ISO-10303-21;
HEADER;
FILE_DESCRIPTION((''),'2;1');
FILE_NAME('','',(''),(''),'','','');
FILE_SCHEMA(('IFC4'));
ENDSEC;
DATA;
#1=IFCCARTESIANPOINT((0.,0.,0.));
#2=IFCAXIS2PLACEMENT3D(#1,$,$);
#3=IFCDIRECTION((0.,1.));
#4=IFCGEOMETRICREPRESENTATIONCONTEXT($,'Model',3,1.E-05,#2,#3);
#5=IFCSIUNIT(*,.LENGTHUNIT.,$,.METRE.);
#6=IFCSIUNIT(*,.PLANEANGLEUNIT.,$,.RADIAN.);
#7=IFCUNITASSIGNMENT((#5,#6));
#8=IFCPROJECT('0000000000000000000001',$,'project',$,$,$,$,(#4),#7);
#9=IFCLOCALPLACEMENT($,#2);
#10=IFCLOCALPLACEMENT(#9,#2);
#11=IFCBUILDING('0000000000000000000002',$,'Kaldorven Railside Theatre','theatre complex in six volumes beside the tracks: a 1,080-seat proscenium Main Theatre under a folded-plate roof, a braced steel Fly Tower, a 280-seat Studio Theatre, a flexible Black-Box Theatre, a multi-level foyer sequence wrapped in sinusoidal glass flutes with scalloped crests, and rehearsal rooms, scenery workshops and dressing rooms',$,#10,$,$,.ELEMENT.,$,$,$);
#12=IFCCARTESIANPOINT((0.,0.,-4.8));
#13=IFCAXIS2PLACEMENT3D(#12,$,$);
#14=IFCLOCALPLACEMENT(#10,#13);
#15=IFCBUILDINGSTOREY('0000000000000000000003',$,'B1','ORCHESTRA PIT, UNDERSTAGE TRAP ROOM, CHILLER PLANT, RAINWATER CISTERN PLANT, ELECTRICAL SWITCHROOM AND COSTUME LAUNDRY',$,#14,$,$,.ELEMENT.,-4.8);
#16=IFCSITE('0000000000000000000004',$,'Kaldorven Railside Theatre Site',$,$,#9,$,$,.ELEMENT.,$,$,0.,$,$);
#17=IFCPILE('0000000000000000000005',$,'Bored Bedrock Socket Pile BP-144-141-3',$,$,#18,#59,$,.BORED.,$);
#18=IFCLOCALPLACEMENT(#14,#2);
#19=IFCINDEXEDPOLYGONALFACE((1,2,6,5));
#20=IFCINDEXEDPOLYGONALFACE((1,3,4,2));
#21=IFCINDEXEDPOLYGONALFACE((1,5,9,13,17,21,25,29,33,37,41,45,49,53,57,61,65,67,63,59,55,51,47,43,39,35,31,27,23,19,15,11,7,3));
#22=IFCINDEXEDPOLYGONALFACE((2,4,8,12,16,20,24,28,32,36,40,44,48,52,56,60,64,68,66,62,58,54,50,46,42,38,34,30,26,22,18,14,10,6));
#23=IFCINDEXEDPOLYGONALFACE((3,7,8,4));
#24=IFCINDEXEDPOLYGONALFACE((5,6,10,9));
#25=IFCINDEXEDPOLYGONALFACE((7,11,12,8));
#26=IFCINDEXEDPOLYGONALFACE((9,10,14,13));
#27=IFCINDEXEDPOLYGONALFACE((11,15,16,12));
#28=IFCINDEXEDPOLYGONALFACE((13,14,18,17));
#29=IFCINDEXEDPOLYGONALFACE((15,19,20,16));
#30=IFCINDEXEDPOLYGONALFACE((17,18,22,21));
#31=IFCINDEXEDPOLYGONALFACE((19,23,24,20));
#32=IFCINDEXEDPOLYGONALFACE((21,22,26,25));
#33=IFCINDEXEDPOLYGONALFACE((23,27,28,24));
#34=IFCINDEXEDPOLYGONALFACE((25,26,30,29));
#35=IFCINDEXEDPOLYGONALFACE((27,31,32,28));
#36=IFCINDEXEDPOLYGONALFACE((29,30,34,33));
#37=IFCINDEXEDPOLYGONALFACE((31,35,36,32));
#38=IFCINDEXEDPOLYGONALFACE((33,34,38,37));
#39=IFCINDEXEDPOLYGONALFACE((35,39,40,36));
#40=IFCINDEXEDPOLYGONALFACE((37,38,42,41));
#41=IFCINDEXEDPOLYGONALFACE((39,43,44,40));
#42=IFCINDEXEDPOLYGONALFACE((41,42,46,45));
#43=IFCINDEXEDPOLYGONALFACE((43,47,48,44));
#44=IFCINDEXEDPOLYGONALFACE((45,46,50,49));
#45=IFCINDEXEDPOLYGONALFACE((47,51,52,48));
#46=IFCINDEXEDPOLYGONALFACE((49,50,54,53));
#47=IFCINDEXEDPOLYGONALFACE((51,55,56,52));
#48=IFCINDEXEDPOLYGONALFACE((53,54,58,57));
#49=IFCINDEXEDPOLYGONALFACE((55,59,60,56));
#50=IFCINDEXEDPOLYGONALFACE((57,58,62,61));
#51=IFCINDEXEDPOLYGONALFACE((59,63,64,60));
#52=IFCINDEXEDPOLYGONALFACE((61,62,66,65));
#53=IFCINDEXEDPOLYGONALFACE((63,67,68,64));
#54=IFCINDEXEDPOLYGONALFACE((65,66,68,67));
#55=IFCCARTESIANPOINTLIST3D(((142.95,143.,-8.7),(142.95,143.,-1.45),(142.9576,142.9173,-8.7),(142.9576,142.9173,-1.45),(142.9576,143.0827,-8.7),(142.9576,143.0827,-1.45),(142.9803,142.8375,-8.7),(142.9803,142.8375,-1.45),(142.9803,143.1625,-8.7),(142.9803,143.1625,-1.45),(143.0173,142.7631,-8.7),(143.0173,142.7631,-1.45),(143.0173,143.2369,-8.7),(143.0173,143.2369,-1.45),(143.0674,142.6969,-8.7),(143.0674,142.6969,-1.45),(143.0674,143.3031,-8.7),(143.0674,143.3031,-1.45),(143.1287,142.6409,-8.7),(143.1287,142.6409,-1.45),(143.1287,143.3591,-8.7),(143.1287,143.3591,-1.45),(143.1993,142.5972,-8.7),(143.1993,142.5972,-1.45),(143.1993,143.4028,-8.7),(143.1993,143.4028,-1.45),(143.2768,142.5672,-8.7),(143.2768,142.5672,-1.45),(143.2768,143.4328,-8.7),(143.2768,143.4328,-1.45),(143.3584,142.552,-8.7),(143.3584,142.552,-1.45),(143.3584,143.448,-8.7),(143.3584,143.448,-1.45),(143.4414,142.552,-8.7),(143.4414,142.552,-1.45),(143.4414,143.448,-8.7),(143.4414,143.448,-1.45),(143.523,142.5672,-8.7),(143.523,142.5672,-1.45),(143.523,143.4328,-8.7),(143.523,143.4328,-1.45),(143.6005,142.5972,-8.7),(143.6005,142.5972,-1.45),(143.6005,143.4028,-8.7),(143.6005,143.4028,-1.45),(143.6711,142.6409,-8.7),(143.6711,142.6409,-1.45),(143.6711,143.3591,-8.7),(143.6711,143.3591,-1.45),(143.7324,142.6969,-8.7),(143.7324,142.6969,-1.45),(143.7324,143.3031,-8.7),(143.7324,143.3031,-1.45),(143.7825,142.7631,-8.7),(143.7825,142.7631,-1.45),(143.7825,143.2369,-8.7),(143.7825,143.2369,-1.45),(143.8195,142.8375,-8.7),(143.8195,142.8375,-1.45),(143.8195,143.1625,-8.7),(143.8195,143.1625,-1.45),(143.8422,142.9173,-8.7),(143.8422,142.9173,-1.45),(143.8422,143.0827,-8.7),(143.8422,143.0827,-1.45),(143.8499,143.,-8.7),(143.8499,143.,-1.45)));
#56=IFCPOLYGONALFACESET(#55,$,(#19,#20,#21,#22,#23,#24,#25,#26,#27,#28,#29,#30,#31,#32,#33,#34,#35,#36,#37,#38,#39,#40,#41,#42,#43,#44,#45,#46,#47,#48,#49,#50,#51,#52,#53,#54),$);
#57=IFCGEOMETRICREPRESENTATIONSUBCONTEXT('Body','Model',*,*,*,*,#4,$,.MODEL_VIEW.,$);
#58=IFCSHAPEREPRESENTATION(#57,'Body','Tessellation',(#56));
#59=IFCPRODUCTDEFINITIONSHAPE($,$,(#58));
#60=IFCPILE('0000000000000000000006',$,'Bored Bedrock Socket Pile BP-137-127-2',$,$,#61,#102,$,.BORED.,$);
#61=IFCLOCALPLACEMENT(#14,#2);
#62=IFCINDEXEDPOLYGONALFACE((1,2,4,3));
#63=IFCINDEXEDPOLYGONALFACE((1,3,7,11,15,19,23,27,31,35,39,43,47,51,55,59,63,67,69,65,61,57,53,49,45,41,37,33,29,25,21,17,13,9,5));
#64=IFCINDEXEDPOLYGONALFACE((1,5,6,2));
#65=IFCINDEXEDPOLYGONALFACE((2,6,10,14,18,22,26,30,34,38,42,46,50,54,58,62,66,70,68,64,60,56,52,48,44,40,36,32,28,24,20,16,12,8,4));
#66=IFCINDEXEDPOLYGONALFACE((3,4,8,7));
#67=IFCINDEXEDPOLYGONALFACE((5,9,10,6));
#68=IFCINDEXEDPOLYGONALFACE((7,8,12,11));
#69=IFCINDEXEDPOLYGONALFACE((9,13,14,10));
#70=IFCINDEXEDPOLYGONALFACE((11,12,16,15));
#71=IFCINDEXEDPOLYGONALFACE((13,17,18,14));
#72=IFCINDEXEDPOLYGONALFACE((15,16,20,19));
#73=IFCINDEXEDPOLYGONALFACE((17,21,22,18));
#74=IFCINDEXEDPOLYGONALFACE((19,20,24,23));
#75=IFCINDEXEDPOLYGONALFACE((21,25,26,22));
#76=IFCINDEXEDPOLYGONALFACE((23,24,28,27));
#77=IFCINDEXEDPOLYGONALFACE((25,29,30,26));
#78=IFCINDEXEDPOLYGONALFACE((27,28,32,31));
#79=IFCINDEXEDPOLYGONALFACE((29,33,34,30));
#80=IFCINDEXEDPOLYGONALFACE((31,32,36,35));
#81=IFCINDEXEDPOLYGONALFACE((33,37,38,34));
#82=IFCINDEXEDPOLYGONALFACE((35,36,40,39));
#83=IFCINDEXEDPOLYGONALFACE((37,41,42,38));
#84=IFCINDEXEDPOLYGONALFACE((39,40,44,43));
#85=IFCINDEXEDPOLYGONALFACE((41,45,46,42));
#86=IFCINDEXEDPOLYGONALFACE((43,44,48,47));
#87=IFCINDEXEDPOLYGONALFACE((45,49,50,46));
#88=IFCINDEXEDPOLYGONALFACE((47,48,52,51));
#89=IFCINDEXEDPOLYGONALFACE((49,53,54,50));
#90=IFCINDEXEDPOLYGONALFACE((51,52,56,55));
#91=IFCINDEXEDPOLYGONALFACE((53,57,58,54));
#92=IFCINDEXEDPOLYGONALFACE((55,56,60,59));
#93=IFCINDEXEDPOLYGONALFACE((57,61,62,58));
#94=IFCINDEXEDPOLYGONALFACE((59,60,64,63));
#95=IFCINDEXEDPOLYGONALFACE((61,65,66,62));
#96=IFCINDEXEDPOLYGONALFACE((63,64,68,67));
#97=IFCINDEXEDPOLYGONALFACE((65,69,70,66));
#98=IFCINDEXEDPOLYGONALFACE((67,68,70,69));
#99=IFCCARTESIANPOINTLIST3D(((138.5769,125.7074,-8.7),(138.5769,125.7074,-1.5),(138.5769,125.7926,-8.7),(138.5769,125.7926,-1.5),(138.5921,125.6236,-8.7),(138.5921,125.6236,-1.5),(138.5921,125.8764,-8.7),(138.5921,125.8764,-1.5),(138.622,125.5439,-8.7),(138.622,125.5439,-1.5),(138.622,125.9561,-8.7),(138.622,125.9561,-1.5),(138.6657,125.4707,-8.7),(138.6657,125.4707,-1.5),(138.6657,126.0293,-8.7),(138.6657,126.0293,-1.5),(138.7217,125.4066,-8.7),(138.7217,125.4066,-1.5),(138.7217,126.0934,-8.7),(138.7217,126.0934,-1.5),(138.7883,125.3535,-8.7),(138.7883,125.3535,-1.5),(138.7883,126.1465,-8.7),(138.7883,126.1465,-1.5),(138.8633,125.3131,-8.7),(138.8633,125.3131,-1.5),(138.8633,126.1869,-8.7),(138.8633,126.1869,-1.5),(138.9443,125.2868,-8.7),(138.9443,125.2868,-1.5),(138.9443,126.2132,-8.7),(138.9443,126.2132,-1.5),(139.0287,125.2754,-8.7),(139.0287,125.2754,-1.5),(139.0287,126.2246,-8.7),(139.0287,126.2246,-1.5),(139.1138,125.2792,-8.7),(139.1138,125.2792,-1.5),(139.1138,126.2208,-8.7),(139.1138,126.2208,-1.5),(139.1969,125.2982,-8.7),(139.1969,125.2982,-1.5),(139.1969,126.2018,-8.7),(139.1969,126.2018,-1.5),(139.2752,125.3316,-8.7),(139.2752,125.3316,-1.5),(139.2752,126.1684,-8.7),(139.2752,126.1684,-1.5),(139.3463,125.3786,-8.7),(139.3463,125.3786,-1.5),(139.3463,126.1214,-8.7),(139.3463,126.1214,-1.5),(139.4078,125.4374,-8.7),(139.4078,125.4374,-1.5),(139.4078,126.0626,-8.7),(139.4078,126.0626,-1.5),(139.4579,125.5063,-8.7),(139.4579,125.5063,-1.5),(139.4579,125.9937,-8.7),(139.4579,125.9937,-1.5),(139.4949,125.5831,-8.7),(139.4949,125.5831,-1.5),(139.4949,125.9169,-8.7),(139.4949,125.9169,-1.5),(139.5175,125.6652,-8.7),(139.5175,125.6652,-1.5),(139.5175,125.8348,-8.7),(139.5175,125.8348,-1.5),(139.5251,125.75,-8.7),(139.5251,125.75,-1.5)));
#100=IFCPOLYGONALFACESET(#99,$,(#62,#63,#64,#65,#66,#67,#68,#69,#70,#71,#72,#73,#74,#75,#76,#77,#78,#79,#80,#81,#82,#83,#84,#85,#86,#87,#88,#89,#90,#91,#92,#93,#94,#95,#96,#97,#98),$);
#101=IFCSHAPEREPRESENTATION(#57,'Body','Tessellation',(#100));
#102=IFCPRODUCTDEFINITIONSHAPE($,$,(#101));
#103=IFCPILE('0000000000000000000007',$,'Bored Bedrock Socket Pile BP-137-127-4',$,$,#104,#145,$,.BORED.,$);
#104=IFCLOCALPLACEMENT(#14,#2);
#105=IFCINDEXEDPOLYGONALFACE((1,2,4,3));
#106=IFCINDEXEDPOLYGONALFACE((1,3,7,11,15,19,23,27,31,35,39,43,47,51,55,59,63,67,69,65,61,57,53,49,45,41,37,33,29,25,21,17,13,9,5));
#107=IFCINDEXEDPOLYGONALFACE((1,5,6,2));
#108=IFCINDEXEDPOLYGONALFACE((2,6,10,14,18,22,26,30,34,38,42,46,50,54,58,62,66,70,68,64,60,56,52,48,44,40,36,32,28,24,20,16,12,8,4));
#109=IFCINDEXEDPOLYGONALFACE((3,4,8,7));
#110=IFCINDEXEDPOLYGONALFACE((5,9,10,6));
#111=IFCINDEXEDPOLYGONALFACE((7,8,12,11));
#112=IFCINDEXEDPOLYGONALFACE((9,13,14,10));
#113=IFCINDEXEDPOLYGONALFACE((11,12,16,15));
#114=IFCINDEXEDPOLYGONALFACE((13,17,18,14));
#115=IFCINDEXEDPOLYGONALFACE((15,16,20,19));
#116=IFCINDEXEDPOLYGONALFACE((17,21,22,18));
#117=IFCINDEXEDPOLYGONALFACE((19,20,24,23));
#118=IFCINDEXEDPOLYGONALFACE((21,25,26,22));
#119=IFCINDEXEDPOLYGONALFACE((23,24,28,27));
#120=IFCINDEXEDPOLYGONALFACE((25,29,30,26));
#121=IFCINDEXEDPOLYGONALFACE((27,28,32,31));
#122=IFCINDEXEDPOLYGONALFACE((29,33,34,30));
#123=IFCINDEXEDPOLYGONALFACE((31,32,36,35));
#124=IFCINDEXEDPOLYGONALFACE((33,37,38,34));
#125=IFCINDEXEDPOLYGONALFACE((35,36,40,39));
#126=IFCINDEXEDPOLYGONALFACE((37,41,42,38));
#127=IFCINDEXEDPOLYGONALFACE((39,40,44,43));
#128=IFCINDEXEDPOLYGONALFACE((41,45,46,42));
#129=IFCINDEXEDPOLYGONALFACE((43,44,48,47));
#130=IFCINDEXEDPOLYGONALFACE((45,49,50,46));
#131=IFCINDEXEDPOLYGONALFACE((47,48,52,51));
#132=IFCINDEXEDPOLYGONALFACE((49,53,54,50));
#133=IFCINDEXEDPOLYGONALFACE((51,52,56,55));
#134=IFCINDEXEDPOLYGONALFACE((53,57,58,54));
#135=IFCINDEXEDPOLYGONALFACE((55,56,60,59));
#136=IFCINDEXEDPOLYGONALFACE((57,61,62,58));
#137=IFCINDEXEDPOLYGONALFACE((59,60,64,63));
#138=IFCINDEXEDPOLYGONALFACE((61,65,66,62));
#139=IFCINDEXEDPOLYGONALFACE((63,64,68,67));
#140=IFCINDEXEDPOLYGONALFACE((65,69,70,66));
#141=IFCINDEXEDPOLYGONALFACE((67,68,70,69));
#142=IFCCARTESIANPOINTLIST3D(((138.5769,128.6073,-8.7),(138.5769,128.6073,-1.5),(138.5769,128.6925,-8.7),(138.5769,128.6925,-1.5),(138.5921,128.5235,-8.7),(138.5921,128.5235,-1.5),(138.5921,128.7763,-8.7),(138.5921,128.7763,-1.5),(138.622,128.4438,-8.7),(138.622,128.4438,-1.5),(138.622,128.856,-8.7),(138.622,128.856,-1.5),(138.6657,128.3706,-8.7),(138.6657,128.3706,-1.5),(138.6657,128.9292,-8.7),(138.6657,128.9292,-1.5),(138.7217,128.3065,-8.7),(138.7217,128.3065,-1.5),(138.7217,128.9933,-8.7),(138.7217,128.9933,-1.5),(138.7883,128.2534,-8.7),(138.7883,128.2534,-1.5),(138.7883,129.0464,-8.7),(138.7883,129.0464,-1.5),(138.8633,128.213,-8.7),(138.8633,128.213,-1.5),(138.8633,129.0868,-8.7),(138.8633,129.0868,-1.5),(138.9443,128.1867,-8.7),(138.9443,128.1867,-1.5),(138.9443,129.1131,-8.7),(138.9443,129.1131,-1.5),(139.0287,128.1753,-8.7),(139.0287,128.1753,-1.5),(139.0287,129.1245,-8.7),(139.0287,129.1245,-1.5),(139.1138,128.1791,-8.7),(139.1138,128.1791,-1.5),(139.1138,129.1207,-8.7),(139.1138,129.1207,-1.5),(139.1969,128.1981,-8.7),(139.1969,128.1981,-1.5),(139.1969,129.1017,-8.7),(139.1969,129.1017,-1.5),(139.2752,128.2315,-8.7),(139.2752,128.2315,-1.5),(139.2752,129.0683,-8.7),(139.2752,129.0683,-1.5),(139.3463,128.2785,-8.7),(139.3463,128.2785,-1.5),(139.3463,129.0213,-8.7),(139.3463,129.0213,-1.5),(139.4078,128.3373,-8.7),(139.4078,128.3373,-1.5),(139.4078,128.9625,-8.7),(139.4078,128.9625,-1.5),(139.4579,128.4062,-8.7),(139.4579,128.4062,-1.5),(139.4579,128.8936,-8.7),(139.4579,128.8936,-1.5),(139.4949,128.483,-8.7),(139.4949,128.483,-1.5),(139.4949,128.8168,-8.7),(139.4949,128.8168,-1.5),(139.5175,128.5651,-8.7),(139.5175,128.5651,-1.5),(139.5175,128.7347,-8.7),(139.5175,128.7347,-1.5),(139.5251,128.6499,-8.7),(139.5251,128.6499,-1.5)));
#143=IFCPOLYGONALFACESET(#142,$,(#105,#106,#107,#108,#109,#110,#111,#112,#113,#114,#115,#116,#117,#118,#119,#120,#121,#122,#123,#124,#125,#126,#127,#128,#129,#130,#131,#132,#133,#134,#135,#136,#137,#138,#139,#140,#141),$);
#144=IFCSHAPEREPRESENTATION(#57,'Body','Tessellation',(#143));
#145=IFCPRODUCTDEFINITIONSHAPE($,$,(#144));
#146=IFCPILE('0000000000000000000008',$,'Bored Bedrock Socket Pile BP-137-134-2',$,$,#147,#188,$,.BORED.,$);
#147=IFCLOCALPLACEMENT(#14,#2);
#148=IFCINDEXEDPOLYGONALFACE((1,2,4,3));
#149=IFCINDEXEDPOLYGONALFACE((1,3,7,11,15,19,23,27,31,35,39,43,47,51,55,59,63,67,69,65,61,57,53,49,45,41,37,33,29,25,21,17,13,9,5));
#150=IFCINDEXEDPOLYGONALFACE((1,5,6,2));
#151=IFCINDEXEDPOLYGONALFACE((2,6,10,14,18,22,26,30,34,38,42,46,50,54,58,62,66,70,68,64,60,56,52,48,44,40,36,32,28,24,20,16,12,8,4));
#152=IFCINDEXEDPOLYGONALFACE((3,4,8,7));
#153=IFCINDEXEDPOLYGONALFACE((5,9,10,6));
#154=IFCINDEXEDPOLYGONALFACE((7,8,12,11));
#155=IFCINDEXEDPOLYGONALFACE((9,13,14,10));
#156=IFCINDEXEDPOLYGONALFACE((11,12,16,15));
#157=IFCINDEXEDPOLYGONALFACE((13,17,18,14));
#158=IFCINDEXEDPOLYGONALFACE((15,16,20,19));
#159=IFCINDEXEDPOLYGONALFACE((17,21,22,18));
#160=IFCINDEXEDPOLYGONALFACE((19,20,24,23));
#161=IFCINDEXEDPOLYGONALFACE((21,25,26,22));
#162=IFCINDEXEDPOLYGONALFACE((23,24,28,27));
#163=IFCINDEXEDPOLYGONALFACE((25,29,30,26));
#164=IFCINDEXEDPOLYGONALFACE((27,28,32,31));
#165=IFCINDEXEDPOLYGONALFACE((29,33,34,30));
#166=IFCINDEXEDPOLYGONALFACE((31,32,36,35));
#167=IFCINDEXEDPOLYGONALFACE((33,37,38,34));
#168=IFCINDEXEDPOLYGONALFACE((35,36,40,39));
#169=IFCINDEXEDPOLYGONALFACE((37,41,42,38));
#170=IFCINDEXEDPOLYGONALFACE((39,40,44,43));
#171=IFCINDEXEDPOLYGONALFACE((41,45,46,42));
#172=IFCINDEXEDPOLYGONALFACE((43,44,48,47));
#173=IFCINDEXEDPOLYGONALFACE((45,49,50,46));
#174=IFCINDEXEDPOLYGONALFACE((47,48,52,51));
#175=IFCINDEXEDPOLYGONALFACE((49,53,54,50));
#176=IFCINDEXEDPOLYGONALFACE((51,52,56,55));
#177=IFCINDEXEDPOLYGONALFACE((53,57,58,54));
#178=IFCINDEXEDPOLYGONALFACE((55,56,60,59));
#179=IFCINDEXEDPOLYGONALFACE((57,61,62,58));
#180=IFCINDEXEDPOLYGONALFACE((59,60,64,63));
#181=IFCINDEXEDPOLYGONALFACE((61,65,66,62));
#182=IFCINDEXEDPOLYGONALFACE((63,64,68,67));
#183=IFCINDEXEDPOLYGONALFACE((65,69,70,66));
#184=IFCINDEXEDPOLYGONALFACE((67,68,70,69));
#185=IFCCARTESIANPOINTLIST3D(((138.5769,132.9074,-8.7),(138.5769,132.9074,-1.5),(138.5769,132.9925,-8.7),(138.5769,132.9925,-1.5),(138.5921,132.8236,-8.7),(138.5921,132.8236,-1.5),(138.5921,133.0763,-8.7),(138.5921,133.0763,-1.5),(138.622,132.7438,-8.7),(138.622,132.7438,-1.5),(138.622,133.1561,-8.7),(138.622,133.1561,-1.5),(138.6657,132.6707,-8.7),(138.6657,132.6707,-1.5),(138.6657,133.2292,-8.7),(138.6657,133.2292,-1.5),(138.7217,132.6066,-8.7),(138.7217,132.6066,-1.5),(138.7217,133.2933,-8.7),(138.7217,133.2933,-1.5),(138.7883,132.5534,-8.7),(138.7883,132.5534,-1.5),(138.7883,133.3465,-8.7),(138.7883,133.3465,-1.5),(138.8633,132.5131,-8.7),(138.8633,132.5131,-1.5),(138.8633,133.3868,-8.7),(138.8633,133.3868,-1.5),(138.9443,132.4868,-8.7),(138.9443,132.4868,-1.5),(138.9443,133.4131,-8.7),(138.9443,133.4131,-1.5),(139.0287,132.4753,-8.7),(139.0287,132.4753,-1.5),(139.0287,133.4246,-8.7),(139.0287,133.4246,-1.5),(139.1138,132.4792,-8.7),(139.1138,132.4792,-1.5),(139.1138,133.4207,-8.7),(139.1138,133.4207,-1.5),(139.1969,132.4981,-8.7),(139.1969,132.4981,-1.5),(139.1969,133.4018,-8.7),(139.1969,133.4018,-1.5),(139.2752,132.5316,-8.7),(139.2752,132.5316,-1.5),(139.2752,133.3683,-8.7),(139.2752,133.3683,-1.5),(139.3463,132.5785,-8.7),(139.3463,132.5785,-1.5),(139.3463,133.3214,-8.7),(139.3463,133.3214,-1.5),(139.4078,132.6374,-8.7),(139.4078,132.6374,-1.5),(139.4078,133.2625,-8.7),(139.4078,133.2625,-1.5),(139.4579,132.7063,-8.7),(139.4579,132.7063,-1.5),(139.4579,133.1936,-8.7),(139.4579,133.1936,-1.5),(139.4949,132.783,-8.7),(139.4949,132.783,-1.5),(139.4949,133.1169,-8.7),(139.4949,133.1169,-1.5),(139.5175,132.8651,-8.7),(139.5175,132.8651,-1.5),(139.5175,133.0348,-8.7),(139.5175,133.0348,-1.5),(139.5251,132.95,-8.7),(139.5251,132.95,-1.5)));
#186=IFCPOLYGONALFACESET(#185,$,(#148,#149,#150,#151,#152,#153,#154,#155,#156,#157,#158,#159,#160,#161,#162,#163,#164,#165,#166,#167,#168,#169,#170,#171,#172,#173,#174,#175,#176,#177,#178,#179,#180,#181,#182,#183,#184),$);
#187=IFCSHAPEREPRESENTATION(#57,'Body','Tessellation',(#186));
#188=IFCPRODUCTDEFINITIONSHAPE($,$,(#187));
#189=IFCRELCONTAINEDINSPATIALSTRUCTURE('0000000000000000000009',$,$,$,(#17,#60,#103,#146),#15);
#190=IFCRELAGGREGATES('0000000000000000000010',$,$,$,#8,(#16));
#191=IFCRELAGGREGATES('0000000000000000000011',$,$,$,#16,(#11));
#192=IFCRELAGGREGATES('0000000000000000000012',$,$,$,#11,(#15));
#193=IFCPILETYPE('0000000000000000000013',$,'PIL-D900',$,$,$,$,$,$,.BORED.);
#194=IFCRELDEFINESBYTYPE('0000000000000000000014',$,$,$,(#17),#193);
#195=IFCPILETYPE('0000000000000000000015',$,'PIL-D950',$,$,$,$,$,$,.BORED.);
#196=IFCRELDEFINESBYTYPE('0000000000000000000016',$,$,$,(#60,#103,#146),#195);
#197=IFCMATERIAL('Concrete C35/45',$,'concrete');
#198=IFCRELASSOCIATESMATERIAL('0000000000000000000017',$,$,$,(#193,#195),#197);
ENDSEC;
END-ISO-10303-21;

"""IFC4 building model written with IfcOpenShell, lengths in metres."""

from ifc_helpers import new_model, si_unit, direction, frame, origin, origin_2d, place, context, subcontext, project, spatial, circle, extrude, material, material_profile, profile_set, type_object, element, save


model = new_model("IFC4")

# Units and contexts
model_context = context("Model", 3, precision=1e-05, world=origin(), true_north=direction((0.0, 1.0)))
body_context = subcontext(model_context, "Body", "Model", "MODEL_VIEW")
ifc_project = project(units=[si_unit("LENGTHUNIT", "METRE"), si_unit("PLANEANGLEUNIT", "RADIAN")], contexts=[model_context])

# Site, building, storey
site_placement = place(None, origin())
site = spatial("IfcSite", under=ifc_project, at=site_placement, Name="Kaldorven Railside Theatre Site", CompositionType="ELEMENT", RefElevation=0.0)
building_placement = place(site_placement, origin())
building = spatial("IfcBuilding", under=site, at=building_placement, Name="Kaldorven Railside Theatre", Description="theatre complex in six volumes beside the tracks: a 1,080-seat proscenium Main Theatre under a folded-plate roof, a braced steel Fly Tower, a 280-seat Studio Theatre, a flexible Black-Box Theatre, a multi-level foyer sequence wrapped in sinusoidal glass flutes with scalloped crests, and rehearsal rooms, scenery workshops and dressing rooms", CompositionType="ELEMENT")
storey_placement = place(building_placement, frame((0.0, 0.0, -4.8)))
storey = spatial("IfcBuildingStorey", under=building, at=storey_placement, Name="B1", Description="ORCHESTRA PIT, UNDERSTAGE TRAP ROOM, CHILLER PLANT, RAINWATER CISTERN PLANT, ELECTRICAL SWITCHROOM AND COSTUME LAUNDRY", CompositionType="ELEMENT", Elevation=-4.8)

# Piles
ifc_material_1 = material(Name="Concrete C35/45", Category="concrete")
ifc_material_profile_1 = material_profile(ifc_material_1, circle(Radius=0.45, at=origin_2d()), Name="BP D900")
ifc_profile_set_1 = profile_set([ifc_material_profile_1], Name="Concrete C35/45")
pile_type_1 = type_object("IfcPileType", Name="PIL-D900", PredefinedType="BORED", material=ifc_profile_set_1)
for number, where, z_axis, x_axis, name in (
    (1, (143.3999, 143.0, -1.45), (0.0, 0.0, -1.0), (1.0, 0.0, 0.0), "Bored Bedrock Socket Pile BP-144-141-3"),
):
    element("IfcPile", number, at=place(storey_placement, frame(where, z_axis=z_axis, x_axis=x_axis)), inside=storey, type_object=pile_type_1, Name=name, PredefinedType="BORED", context=body_context, shape_type="SweptSolid", body=[
        extrude(circle(Radius=0.45, at=origin_2d()), origin(), (0.0, 0.0, 1.0), 7.25),
    ])
ifc_material_profile_2 = material_profile(ifc_material_1, circle(Radius=0.4751, at=origin_2d()), Name="BP D950")
ifc_profile_set_2 = profile_set([ifc_material_profile_2], Name="Concrete C35/45")
pile_type_2 = type_object("IfcPileType", Name="PIL-D950", PredefinedType="BORED", material=ifc_profile_set_2)
for number, where, z_axis, x_axis, name in (
    (2, (139.05, 125.75, -1.5), (0.0, 0.0, -1.0), (1.0, 0.0, 0.0), "Bored Bedrock Socket Pile BP-137-127-2"),
    (3, (139.05, 128.6499, -1.5), (0.0, 0.0, -1.0), (1.0, 0.0, 0.0), "Bored Bedrock Socket Pile BP-137-127-4"),
    (4, (139.05, 132.95, -1.5), (0.0, 0.0, -1.0), (1.0, 0.0, 0.0), "Bored Bedrock Socket Pile BP-137-134-2"),
):
    element("IfcPile", number, at=place(storey_placement, frame(where, z_axis=z_axis, x_axis=x_axis)), inside=storey, type_object=pile_type_2, Name=name, PredefinedType="BORED", context=body_context, shape_type="SweptSolid", body=[
        extrude(circle(Radius=0.4751, at=origin_2d()), origin(), (0.0, 0.0, 1.0), 7.2),
    ])

save(model, "model.ifc")
